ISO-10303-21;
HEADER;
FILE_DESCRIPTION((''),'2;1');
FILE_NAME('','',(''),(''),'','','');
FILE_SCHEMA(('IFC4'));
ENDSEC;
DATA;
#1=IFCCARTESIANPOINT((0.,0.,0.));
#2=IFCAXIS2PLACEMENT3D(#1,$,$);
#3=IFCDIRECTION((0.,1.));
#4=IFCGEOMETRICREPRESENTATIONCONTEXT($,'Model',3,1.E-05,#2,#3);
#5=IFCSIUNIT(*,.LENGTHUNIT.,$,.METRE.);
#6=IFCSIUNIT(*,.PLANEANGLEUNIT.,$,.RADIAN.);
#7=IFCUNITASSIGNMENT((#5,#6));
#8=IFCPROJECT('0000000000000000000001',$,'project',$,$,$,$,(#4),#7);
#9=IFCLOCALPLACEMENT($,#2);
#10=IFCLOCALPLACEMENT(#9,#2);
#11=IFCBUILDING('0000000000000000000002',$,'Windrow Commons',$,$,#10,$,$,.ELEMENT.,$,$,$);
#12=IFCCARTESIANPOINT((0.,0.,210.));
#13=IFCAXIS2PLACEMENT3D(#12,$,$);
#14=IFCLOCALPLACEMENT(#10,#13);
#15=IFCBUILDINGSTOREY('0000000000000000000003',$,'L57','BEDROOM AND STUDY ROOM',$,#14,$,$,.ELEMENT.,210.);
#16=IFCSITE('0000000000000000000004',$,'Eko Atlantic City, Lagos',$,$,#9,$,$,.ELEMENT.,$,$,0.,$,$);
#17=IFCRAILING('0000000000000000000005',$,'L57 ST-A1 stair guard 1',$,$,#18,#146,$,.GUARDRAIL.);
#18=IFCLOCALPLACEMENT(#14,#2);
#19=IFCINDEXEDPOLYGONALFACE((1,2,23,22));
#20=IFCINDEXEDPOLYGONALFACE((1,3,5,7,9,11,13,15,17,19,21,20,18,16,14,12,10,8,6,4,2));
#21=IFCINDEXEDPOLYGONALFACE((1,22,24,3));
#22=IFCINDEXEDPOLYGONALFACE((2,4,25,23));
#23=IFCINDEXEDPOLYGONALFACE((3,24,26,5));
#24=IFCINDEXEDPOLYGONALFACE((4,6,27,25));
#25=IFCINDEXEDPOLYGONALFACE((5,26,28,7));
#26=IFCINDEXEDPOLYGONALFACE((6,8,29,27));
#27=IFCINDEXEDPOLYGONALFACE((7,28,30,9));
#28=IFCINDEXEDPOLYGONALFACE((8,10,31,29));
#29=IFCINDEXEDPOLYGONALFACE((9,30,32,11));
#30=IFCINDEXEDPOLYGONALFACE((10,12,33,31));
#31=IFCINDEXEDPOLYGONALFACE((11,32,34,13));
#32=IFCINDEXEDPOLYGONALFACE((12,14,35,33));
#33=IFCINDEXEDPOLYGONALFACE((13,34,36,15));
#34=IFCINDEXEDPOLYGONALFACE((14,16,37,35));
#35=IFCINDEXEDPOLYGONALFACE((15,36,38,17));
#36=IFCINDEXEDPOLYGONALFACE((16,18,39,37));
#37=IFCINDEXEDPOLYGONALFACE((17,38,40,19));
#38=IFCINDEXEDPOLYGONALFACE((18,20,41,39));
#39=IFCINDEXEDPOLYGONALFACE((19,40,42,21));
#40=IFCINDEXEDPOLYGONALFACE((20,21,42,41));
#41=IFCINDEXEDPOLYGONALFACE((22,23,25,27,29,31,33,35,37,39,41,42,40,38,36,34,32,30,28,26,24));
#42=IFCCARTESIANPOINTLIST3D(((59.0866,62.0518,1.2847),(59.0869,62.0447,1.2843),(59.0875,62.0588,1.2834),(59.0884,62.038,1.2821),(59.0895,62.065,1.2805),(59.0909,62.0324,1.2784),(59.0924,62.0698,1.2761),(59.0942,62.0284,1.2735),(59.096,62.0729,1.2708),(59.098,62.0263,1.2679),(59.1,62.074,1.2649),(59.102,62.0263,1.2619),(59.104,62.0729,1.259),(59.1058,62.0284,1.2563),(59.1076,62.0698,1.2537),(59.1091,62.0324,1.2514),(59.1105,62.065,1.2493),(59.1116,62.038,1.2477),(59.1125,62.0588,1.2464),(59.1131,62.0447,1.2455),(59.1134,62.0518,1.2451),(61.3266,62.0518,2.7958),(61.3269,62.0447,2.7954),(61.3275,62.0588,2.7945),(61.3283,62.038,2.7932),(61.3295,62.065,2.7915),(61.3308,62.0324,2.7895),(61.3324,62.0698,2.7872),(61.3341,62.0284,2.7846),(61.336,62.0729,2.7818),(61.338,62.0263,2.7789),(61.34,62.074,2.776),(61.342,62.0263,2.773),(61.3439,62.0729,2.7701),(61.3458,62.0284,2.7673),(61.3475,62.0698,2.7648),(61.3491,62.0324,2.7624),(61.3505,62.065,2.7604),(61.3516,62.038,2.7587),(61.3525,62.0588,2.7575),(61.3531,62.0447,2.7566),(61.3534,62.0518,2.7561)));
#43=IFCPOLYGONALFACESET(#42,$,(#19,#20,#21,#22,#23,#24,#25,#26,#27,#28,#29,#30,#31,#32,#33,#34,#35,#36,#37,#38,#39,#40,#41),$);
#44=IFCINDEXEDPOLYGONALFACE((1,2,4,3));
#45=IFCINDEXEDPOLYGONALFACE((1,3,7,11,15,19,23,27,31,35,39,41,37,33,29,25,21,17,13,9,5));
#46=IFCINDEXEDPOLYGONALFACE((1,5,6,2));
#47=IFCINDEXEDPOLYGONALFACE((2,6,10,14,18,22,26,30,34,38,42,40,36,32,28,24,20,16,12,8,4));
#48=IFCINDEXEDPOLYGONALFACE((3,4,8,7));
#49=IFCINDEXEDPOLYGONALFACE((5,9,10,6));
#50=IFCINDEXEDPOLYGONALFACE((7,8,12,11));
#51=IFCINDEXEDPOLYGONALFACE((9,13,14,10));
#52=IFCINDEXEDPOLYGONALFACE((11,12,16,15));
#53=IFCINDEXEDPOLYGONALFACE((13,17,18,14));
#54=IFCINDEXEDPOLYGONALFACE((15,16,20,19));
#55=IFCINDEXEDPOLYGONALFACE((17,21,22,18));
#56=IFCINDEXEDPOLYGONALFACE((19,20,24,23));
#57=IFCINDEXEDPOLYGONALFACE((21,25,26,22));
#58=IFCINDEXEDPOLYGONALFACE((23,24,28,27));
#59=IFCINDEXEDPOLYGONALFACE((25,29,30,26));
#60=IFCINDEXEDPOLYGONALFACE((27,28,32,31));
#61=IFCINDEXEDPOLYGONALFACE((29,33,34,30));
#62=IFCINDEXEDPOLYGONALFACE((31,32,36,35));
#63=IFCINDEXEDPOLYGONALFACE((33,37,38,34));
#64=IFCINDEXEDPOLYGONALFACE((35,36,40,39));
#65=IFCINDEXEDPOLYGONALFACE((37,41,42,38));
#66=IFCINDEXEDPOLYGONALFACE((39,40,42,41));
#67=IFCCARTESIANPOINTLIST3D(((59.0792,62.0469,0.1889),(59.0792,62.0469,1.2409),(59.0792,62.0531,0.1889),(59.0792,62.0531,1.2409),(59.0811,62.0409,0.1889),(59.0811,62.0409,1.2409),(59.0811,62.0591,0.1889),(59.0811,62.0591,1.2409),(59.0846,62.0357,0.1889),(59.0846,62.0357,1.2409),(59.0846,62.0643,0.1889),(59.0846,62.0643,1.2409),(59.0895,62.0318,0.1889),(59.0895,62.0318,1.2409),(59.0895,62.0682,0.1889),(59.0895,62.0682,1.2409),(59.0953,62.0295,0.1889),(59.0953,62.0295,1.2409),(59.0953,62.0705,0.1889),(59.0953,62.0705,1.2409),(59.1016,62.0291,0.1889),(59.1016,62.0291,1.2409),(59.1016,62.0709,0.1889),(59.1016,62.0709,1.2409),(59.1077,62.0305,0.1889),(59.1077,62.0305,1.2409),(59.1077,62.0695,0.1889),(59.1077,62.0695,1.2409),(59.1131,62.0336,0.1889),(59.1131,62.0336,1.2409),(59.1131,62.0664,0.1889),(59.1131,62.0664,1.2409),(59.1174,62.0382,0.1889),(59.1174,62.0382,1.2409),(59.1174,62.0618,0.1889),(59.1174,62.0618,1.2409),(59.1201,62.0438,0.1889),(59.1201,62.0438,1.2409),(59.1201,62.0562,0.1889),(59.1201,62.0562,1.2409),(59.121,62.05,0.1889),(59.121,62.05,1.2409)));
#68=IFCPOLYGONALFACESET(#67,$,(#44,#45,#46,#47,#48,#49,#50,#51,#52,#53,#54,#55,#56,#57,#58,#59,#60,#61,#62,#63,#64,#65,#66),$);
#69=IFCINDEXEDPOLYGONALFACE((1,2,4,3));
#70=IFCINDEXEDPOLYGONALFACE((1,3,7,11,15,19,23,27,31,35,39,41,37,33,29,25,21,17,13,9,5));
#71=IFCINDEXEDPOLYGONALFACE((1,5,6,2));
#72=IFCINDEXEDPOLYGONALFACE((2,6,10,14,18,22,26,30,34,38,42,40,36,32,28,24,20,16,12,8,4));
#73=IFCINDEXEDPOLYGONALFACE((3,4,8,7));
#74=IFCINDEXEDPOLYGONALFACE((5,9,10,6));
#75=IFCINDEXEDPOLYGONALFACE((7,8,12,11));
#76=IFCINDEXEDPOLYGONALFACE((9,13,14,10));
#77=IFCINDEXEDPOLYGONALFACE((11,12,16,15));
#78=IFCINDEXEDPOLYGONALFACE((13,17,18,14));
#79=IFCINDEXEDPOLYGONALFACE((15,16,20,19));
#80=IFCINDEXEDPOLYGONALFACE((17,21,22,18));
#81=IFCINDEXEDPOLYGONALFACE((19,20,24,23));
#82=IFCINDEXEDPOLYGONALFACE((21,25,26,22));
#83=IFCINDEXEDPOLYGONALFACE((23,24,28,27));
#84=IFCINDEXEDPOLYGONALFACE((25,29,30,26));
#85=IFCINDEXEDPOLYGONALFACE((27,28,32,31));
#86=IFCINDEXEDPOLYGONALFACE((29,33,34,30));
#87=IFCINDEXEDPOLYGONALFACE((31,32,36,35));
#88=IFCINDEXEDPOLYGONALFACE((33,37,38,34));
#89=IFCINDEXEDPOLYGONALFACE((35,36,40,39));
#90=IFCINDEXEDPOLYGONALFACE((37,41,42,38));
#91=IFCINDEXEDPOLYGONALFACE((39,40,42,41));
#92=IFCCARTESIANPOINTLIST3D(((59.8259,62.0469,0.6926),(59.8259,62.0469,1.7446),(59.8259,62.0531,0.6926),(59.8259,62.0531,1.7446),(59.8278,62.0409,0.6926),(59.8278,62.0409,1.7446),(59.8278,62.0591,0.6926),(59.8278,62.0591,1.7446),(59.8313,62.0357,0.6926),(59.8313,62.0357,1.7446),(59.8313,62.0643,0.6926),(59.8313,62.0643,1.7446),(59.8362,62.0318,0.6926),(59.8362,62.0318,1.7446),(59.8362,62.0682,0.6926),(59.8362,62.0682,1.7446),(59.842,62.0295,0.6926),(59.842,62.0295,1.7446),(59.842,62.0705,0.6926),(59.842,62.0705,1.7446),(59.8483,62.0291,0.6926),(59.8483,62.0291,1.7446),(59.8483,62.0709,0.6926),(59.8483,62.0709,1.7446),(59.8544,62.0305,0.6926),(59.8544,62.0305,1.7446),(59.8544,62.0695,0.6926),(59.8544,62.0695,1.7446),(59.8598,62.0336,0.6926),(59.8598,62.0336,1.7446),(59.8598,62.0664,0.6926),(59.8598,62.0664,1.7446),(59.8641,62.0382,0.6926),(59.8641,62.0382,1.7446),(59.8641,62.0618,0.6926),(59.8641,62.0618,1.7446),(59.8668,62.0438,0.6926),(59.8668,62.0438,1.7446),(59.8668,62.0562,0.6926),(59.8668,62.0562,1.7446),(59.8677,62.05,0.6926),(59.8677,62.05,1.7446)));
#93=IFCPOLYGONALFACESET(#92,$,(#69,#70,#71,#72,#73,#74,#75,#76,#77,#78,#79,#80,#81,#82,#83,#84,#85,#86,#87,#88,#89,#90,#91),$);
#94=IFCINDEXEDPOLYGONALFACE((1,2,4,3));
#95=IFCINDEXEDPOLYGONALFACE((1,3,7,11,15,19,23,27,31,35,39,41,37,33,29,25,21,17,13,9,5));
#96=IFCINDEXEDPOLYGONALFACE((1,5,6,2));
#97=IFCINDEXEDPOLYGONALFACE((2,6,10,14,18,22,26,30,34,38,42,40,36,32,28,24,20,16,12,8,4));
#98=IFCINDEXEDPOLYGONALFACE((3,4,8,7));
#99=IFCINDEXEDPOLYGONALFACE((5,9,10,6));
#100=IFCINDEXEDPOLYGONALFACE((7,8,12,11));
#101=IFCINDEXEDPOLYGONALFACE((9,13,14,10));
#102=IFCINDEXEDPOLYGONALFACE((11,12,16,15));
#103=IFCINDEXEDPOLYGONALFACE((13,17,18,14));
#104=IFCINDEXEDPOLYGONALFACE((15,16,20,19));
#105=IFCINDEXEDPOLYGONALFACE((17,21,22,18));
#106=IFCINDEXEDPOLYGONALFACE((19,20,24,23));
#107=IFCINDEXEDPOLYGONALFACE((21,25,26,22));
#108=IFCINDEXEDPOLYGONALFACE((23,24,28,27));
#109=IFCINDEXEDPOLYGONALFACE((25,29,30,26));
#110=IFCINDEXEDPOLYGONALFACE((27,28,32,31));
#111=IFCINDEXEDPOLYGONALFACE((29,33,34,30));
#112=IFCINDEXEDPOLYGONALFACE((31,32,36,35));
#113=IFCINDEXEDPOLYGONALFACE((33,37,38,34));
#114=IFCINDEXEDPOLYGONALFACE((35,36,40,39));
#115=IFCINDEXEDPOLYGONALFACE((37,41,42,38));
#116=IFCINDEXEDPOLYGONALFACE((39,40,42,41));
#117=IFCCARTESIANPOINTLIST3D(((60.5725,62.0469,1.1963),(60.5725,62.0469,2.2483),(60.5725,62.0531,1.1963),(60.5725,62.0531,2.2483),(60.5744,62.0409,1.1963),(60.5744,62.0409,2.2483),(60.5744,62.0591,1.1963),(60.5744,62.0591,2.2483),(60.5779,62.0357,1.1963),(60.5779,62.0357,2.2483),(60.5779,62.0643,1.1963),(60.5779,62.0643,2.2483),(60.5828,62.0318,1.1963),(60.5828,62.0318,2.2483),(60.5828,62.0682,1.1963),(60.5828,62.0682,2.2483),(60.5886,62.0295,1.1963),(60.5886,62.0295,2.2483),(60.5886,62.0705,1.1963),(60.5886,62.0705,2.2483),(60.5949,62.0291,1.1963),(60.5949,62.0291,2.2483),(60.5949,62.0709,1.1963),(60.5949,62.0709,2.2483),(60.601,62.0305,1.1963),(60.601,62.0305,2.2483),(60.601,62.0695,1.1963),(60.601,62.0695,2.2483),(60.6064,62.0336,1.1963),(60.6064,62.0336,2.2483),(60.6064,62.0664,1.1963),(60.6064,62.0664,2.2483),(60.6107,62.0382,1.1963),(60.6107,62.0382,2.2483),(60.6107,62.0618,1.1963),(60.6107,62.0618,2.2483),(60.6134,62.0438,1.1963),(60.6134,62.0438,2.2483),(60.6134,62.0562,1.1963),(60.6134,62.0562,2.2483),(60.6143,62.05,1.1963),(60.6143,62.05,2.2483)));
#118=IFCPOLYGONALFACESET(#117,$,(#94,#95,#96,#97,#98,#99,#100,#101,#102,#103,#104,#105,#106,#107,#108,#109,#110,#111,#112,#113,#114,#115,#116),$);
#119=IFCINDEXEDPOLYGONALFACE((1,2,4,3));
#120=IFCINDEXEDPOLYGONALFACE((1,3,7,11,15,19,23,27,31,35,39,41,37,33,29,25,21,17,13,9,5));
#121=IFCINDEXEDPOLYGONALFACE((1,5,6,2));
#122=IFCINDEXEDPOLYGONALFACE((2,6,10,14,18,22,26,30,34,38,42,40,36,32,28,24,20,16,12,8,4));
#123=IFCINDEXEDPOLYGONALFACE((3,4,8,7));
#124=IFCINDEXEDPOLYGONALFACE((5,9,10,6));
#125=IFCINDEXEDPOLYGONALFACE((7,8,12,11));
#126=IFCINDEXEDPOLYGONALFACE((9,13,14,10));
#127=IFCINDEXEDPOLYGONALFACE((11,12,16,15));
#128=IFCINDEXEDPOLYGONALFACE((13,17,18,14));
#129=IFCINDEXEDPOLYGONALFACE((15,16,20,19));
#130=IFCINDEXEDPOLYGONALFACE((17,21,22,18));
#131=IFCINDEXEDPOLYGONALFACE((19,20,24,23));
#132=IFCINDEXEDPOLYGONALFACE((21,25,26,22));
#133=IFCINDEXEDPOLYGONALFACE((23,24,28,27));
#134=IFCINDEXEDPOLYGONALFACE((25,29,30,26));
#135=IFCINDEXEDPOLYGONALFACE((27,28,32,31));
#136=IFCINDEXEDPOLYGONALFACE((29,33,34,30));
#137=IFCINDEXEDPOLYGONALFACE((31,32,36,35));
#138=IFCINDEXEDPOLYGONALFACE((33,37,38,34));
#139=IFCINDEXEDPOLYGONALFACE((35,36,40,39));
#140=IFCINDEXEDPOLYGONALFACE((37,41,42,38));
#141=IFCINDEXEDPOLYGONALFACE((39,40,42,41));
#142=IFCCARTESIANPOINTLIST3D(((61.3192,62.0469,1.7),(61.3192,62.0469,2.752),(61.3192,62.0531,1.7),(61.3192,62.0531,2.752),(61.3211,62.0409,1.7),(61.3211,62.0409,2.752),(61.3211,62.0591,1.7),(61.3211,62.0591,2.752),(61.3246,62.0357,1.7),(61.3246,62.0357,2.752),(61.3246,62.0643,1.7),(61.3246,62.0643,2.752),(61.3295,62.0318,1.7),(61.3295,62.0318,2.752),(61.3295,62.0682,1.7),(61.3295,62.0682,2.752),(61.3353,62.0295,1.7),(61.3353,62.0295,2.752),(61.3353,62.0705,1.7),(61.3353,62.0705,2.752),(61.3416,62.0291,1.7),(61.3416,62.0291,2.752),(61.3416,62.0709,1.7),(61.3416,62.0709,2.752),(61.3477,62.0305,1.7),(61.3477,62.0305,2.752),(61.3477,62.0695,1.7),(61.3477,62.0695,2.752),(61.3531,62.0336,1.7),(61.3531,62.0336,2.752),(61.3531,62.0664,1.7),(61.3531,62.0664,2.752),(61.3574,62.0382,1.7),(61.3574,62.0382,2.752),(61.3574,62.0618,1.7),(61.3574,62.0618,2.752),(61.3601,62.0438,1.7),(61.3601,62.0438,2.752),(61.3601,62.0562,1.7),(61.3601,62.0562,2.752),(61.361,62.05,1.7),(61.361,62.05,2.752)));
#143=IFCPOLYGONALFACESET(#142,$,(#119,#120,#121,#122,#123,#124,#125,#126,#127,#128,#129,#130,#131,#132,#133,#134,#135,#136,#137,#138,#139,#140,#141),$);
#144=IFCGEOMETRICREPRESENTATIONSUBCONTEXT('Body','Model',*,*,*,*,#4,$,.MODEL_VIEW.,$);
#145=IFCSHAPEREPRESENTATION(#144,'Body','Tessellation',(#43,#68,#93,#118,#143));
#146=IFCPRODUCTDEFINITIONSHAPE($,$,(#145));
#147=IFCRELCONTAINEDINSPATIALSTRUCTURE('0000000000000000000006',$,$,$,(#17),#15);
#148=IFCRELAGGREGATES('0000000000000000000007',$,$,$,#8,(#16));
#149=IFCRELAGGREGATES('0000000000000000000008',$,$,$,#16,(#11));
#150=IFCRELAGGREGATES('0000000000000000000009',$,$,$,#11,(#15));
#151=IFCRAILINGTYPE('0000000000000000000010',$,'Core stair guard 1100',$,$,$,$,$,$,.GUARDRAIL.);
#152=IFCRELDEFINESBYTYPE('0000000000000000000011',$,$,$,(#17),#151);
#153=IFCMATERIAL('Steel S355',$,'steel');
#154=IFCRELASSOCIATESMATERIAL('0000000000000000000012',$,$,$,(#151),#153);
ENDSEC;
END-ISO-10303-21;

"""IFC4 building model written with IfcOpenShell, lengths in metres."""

from ifc_helpers import new_model, si_unit, direction, frame, origin, origin_2d, place, context, subcontext, project, spatial, circle, extrude, material, type_object, element, save


model = new_model("IFC4")

# Units and contexts
model_context = context("Model", 3, precision=1e-05, world=origin(), true_north=direction((0.0, 1.0)))
body_context = subcontext(model_context, "Body", "Model", "MODEL_VIEW")
ifc_project = project(units=[si_unit("LENGTHUNIT", "METRE"), si_unit("PLANEANGLEUNIT", "RADIAN")], contexts=[model_context])

# Site, building, storey
site_placement = place(None, origin())
site = spatial("IfcSite", under=ifc_project, at=site_placement, Name="Eko Atlantic City, Lagos", CompositionType="ELEMENT", RefElevation=0.0)
building_placement = place(site_placement, origin())
building = spatial("IfcBuilding", under=site, at=building_placement, Name="Windrow Commons", CompositionType="ELEMENT")
storey_placement = place(building_placement, frame((0.0, 0.0, 210.0)))
storey = spatial("IfcBuildingStorey", under=building, at=storey_placement, Name="L57", Description="BEDROOM AND STUDY ROOM", CompositionType="ELEMENT", Elevation=210.0)

# Railing
ifc_material_1 = material(Name="Steel S355", Category="steel")
railing_type_1 = type_object("IfcRailingType", Name="Core stair guard 1100", PredefinedType="GUARDRAIL", material=ifc_material_1)
railing_1_placement = place(storey_placement, frame((59.1, 62.05, 0.1889)))
element("IfcRailing", 1, at=railing_1_placement, inside=storey, type_object=railing_type_1, Name="L57 ST-A1 stair guard 1", PredefinedType="GUARDRAIL", context=body_context, shape_type="SweptSolid", body=[
    extrude(circle(Radius=0.024, at=origin_2d()), frame((0.0, 0.0, 1.076), z_axis=(0.829003, 0.0, 0.559244), x_axis=(0.0, 1.0, 0.0)), (0.0, 0.0, 1.0), 2.702),
    extrude(circle(Radius=0.021, at=origin_2d()), origin(), (0.0, 0.0, 1.0), 1.052),
    extrude(circle(Radius=0.021, at=origin_2d()), frame((0.7467, 0.0, 0.5037)), (0.0, 0.0, 1.0), 1.052),
    extrude(circle(Radius=0.021, at=origin_2d()), frame((1.4933, 0.0, 1.0074)), (0.0, 0.0, 1.0), 1.052),
    extrude(circle(Radius=0.021, at=origin_2d()), frame((2.24, 0.0, 1.5111)), (0.0, 0.0, 1.0), 1.052),
])

save(model, "model.ifc")
